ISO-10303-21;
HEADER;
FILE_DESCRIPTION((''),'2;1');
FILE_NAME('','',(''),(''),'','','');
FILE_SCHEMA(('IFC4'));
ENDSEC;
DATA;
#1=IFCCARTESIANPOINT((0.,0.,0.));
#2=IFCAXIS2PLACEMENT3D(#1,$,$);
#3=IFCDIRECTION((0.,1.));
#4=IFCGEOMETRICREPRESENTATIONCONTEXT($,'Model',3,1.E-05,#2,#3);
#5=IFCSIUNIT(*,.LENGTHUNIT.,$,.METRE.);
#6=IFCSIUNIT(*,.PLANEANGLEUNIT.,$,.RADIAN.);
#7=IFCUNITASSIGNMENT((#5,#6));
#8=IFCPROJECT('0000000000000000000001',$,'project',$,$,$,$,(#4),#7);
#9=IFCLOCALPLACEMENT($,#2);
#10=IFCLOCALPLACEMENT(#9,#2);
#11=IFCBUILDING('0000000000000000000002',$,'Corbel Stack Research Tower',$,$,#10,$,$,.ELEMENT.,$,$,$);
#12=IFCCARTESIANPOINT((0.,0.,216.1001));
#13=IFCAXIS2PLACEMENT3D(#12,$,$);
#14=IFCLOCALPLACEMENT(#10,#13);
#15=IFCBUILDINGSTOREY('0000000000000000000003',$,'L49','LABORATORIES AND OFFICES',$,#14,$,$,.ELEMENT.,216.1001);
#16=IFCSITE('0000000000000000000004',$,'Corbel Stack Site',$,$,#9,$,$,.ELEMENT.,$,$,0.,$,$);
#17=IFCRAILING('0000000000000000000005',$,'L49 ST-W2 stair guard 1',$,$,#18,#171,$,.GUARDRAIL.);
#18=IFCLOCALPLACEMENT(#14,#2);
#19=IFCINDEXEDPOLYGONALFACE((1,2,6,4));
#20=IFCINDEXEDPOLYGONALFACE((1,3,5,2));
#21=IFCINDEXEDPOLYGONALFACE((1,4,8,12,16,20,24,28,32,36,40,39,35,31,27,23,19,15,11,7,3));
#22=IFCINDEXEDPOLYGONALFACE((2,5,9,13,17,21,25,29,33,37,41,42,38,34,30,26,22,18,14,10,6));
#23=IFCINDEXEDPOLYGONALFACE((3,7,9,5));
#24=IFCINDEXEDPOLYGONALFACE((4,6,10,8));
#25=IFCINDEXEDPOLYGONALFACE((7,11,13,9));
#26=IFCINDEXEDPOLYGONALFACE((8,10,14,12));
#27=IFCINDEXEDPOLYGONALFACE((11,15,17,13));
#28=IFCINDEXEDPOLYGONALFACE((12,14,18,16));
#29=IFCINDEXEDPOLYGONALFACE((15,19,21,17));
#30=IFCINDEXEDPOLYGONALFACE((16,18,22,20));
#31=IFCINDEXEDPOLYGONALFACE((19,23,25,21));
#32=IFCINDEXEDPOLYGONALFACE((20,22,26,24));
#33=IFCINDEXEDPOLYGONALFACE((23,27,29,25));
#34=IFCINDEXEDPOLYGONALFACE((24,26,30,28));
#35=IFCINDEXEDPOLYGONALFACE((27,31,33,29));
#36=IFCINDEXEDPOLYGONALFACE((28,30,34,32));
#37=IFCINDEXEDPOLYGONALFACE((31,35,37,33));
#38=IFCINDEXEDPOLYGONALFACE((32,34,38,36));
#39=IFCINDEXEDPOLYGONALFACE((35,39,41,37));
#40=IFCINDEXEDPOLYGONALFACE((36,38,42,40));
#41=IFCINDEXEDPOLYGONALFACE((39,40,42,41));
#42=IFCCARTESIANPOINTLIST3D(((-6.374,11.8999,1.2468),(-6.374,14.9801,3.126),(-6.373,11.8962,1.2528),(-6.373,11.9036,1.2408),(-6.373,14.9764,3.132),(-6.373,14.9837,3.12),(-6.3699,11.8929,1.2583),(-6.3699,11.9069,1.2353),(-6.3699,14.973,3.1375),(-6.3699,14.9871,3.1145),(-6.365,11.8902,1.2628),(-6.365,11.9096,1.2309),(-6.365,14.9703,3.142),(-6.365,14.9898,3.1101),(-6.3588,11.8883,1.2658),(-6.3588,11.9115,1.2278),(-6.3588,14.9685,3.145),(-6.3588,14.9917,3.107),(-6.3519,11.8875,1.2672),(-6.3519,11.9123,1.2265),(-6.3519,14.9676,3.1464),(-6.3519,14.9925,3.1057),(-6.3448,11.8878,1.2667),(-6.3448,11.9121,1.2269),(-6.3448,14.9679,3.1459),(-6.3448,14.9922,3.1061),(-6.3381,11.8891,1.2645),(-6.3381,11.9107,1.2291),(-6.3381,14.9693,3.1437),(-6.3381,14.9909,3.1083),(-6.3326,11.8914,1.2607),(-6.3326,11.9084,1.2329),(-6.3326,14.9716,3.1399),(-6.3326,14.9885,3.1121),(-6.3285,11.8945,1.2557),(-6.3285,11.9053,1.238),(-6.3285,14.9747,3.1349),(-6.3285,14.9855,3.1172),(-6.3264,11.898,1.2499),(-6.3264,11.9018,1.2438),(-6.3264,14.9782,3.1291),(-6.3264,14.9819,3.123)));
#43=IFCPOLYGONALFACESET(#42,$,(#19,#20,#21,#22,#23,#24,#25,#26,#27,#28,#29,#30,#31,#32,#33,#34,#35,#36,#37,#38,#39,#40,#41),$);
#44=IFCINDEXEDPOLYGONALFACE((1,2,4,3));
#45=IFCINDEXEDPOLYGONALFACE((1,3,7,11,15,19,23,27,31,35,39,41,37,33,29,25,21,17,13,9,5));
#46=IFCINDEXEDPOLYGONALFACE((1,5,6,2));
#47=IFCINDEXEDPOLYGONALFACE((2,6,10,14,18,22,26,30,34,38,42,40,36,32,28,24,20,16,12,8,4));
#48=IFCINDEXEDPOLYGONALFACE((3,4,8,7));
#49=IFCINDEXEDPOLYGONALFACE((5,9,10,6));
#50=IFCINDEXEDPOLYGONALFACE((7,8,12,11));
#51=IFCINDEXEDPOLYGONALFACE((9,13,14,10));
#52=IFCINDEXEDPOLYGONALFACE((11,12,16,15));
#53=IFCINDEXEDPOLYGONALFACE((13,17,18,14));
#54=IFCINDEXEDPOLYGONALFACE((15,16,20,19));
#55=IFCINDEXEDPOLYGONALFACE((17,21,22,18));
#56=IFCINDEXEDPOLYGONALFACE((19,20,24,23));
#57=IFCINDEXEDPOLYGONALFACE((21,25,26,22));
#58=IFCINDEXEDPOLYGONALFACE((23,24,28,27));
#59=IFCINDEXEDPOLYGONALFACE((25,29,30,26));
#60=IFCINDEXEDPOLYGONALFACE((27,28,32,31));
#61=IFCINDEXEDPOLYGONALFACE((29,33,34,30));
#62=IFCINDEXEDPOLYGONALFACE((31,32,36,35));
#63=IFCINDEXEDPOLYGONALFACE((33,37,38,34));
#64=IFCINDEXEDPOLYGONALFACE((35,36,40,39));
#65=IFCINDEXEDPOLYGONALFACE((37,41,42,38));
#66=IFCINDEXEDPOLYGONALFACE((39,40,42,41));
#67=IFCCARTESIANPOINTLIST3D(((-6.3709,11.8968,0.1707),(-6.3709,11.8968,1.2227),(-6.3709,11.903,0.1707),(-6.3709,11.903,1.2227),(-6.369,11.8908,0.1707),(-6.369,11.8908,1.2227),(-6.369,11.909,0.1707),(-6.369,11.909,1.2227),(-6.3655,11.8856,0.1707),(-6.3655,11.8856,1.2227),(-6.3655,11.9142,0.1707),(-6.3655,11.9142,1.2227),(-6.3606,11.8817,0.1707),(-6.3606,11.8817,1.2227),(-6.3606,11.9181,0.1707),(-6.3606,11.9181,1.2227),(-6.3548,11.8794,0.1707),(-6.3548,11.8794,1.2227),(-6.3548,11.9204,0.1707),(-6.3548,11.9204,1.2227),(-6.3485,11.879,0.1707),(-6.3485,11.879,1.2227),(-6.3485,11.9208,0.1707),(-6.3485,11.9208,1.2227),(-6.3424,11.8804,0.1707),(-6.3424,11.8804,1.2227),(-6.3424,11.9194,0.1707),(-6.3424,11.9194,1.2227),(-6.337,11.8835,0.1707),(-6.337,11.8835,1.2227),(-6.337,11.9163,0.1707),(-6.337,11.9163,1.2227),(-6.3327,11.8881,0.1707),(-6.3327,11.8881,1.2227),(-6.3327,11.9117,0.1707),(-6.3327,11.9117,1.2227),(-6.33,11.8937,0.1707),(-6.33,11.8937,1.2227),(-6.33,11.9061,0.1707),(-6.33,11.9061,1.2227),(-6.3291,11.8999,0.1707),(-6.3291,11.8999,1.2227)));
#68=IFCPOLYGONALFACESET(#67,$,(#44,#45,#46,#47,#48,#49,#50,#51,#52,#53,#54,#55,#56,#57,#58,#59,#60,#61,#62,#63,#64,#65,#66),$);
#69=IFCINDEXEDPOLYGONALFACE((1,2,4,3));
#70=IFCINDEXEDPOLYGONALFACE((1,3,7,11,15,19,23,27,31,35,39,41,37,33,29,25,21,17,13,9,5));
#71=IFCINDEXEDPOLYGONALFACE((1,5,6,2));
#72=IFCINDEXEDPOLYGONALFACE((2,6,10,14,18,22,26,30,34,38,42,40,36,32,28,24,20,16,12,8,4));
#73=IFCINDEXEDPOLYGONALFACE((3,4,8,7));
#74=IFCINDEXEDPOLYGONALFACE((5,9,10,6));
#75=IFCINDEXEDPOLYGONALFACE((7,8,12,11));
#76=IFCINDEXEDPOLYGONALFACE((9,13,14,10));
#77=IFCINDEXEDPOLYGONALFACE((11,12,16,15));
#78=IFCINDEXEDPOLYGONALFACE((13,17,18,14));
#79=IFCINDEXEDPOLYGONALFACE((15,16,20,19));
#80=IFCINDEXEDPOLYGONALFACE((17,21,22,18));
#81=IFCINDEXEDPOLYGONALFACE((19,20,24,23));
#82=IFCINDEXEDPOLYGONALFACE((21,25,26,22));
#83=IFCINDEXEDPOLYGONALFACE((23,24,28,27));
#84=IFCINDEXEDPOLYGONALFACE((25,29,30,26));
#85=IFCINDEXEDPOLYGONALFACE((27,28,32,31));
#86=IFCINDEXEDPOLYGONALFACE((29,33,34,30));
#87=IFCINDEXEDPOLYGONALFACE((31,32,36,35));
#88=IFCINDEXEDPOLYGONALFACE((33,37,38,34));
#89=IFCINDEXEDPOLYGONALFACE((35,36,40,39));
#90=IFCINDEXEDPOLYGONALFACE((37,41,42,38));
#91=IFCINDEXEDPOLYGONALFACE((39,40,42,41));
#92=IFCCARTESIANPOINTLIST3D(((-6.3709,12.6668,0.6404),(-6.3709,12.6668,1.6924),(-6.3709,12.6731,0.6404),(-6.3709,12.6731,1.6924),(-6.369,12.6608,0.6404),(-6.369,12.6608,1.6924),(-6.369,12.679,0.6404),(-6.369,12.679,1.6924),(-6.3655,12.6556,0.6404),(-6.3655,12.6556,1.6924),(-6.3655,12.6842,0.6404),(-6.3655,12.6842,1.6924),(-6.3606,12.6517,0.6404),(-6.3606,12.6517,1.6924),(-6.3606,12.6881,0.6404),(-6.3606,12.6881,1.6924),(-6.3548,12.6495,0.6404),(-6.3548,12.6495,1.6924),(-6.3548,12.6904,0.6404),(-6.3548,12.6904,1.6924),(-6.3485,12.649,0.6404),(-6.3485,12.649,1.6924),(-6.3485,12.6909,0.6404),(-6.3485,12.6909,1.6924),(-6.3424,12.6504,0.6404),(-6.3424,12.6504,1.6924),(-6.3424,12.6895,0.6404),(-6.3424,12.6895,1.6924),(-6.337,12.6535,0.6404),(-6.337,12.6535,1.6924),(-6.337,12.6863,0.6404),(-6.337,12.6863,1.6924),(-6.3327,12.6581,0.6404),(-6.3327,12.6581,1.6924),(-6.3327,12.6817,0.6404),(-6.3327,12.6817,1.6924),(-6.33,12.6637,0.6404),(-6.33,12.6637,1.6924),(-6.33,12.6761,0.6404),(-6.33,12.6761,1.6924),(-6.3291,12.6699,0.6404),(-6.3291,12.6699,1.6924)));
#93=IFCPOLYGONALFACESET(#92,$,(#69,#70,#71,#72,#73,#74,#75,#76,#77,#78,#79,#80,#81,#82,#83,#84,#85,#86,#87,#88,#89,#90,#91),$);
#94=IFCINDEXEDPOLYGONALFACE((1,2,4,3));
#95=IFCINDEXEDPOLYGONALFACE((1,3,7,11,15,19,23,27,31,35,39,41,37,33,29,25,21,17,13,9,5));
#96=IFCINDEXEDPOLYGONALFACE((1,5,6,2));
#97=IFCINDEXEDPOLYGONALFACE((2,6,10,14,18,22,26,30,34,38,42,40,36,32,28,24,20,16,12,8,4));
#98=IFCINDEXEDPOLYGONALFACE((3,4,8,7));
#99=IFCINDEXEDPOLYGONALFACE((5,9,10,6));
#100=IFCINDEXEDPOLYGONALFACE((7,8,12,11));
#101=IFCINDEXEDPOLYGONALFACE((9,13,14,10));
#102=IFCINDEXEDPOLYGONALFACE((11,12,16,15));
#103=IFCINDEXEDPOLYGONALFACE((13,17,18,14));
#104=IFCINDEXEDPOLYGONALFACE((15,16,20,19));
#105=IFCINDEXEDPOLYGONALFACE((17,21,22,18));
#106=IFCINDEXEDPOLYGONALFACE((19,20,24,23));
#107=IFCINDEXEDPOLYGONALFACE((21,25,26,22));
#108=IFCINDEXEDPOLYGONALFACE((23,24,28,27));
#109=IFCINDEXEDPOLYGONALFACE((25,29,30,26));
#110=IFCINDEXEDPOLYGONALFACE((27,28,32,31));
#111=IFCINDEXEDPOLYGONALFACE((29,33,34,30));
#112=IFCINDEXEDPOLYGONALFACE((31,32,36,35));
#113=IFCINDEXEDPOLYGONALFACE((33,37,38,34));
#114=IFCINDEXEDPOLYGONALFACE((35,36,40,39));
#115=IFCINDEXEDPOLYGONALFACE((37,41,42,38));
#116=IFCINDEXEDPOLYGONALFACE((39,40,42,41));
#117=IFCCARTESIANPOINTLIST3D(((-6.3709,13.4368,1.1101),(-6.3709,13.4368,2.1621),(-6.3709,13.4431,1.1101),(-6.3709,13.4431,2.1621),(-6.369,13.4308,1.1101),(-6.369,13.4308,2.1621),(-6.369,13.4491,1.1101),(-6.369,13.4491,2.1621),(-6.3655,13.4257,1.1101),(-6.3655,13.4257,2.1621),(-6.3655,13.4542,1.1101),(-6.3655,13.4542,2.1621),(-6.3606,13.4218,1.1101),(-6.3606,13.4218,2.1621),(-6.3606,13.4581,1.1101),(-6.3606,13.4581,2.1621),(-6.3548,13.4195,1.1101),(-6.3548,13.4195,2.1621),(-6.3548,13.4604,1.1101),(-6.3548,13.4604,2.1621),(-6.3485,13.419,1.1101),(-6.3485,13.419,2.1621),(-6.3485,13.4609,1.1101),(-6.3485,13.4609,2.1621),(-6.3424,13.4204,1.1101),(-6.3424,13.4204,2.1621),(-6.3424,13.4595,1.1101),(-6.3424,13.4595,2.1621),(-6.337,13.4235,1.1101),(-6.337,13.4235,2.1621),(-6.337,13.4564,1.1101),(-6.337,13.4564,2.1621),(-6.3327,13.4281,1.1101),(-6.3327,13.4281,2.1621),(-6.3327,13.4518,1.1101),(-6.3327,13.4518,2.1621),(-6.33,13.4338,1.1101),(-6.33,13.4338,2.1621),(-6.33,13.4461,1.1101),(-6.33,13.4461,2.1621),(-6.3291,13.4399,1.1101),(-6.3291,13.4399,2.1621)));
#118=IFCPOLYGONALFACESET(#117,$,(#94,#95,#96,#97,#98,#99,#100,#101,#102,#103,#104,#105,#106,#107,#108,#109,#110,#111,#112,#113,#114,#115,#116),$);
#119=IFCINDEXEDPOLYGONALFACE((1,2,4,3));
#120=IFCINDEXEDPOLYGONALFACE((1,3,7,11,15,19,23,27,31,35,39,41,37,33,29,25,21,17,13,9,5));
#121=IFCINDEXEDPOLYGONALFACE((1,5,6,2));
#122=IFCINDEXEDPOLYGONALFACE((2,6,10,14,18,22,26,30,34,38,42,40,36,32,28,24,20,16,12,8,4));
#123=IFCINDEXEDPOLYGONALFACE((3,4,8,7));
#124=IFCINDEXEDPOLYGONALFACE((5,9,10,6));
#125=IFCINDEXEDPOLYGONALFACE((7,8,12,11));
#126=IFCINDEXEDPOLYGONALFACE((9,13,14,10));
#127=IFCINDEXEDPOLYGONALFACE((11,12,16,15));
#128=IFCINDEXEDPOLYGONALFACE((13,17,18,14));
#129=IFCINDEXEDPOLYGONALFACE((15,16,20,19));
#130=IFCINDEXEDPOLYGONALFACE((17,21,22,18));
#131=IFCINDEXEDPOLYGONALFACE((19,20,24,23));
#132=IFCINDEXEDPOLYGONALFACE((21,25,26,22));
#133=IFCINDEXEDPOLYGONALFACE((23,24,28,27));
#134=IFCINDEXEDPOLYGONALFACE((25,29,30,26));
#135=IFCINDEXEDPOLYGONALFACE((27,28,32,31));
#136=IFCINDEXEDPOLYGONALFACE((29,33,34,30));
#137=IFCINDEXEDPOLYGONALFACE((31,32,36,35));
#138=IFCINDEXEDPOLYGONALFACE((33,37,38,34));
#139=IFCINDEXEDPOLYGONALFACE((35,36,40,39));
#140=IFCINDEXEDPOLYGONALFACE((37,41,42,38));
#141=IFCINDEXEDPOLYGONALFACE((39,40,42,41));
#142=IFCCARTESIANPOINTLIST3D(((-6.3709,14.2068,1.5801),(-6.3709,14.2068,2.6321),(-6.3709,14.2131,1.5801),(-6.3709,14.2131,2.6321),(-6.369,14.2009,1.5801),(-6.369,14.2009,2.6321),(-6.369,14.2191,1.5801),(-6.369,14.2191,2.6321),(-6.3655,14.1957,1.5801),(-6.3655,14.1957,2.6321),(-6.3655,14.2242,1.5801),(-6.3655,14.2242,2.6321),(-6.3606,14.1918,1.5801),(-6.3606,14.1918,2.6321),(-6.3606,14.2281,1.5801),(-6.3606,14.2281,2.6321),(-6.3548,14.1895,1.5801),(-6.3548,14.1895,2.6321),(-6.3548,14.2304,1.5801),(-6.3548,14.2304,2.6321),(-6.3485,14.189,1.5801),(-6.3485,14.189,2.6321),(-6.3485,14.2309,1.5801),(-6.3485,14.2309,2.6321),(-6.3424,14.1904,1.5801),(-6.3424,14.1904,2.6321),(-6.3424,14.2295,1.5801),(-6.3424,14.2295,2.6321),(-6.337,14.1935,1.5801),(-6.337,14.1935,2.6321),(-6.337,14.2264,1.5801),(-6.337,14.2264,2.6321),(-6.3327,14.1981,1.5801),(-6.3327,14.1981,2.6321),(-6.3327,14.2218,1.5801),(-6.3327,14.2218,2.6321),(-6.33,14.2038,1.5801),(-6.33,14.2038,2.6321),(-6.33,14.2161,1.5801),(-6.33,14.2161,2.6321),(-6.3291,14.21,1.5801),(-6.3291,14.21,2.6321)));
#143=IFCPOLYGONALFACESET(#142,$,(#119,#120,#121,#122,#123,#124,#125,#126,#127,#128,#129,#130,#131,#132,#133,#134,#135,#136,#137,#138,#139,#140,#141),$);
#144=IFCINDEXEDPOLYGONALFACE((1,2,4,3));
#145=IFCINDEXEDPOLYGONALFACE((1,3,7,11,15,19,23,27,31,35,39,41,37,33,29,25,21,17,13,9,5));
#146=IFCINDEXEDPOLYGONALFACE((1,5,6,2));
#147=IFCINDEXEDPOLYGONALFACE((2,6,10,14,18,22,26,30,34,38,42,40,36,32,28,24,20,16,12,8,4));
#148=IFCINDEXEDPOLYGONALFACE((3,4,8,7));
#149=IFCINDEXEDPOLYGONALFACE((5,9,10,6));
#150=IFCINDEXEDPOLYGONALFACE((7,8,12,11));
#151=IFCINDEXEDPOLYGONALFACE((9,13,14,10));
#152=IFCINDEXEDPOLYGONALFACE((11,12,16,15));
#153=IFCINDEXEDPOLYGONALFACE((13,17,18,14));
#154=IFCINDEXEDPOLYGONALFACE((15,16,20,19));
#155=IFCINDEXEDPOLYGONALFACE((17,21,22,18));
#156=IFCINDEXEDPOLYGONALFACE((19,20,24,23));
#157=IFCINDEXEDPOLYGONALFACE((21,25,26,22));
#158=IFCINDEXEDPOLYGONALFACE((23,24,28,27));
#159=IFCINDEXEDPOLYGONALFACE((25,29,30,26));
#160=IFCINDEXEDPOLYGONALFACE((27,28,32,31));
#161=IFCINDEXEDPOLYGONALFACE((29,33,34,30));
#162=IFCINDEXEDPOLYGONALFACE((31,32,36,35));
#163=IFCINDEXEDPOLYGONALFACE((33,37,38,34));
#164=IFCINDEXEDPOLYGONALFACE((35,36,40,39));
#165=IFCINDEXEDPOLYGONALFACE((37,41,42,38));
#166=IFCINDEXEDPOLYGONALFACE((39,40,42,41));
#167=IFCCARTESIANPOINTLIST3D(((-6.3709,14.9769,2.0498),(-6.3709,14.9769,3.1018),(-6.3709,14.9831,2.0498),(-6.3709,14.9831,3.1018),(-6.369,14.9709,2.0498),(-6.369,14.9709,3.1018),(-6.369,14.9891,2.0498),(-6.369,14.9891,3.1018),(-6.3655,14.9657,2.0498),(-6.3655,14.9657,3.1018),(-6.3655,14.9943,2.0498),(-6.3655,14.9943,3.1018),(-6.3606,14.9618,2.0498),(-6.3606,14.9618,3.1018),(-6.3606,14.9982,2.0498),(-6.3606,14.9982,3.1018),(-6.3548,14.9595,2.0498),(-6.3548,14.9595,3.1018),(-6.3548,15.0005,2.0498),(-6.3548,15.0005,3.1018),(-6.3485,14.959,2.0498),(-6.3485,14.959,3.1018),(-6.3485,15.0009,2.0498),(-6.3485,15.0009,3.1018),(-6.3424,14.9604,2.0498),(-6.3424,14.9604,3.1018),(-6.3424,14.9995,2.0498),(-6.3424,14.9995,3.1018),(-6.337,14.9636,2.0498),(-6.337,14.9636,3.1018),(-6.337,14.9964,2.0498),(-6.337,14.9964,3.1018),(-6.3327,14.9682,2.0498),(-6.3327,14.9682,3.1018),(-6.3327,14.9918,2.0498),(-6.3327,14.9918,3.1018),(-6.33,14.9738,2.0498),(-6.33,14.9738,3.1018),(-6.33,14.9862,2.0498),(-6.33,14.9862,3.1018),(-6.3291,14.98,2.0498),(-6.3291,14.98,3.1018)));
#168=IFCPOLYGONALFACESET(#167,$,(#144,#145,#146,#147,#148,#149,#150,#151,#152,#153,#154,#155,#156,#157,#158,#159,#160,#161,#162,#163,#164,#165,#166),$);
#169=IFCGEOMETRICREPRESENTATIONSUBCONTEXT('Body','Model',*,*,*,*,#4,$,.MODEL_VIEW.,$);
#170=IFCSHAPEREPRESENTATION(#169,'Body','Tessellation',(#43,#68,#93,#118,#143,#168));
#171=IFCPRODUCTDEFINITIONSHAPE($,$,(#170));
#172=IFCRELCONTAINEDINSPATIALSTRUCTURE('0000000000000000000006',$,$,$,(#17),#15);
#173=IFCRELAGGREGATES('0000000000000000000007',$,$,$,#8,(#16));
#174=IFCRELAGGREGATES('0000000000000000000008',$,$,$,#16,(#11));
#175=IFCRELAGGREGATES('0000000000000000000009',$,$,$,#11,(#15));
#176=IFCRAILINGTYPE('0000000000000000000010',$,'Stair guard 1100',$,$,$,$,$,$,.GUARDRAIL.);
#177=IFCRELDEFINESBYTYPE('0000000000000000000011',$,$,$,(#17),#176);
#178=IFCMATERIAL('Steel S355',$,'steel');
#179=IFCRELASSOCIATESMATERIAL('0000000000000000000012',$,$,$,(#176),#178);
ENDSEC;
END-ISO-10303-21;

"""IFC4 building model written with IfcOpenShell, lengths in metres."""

from ifc_helpers import new_model, si_unit, direction, frame, origin, origin_2d, place, context, subcontext, project, spatial, circle, extrude, material, type_object, element, save


model = new_model("IFC4")

# Units and contexts
model_context = context("Model", 3, precision=1e-05, world=origin(), true_north=direction((0.0, 1.0)))
body_context = subcontext(model_context, "Body", "Model", "MODEL_VIEW")
ifc_project = project(units=[si_unit("LENGTHUNIT", "METRE"), si_unit("PLANEANGLEUNIT", "RADIAN")], contexts=[model_context])

# Site, building, storey
site_placement = place(None, origin())
site = spatial("IfcSite", under=ifc_project, at=site_placement, Name="Corbel Stack Site", CompositionType="ELEMENT", RefElevation=0.0)
building_placement = place(site_placement, origin())
building = spatial("IfcBuilding", under=site, at=building_placement, Name="Corbel Stack Research Tower", CompositionType="ELEMENT")
storey_placement = place(building_placement, frame((0.0, 0.0, 216.1001)))
storey = spatial("IfcBuildingStorey", under=building, at=storey_placement, Name="L49", Description="LABORATORIES AND OFFICES", CompositionType="ELEMENT", Elevation=216.1001)

# Railing
ifc_material_1 = material(Name="Steel S355", Category="steel")
railing_type_1 = type_object("IfcRailingType", Name="Stair guard 1100", PredefinedType="GUARDRAIL", material=ifc_material_1)
railing_1_placement = place(storey_placement, frame((-6.3501, 11.8999, 0.1707)))
element("IfcRailing", 1, at=railing_1_placement, inside=storey, type_object=railing_type_1, Name="L49 ST-W2 stair guard 1", PredefinedType="GUARDRAIL", context=body_context, shape_type="SweptSolid", body=[
    extrude(circle(Radius=0.0239, at=origin_2d()), frame((0.0, 0.0, 1.0762), z_axis=(0.0, 0.853666, 0.52082), x_axis=(-1.0, 0.0, 0.0)), (0.0, 0.0, 1.0), 3.6082),
    extrude(circle(Radius=0.021, at=origin_2d()), origin(), (0.0, 0.0, 1.0), 1.052),
    extrude(circle(Radius=0.021, at=origin_2d()), frame((0.0, 0.77, 0.4697)), (0.0, 0.0, 1.0), 1.052),
    extrude(circle(Radius=0.021, at=origin_2d()), frame((0.0, 1.54, 0.9395)), (0.0, 0.0, 1.0), 1.052),
    extrude(circle(Radius=0.021, at=origin_2d()), frame((0.0, 2.3101, 1.4094)), (0.0, 0.0, 1.0), 1.052),
    extrude(circle(Radius=0.021, at=origin_2d()), frame((0.0, 3.0801, 1.8792)), (0.0, 0.0, 1.0), 1.052),
])

save(model, "model.ifc")
